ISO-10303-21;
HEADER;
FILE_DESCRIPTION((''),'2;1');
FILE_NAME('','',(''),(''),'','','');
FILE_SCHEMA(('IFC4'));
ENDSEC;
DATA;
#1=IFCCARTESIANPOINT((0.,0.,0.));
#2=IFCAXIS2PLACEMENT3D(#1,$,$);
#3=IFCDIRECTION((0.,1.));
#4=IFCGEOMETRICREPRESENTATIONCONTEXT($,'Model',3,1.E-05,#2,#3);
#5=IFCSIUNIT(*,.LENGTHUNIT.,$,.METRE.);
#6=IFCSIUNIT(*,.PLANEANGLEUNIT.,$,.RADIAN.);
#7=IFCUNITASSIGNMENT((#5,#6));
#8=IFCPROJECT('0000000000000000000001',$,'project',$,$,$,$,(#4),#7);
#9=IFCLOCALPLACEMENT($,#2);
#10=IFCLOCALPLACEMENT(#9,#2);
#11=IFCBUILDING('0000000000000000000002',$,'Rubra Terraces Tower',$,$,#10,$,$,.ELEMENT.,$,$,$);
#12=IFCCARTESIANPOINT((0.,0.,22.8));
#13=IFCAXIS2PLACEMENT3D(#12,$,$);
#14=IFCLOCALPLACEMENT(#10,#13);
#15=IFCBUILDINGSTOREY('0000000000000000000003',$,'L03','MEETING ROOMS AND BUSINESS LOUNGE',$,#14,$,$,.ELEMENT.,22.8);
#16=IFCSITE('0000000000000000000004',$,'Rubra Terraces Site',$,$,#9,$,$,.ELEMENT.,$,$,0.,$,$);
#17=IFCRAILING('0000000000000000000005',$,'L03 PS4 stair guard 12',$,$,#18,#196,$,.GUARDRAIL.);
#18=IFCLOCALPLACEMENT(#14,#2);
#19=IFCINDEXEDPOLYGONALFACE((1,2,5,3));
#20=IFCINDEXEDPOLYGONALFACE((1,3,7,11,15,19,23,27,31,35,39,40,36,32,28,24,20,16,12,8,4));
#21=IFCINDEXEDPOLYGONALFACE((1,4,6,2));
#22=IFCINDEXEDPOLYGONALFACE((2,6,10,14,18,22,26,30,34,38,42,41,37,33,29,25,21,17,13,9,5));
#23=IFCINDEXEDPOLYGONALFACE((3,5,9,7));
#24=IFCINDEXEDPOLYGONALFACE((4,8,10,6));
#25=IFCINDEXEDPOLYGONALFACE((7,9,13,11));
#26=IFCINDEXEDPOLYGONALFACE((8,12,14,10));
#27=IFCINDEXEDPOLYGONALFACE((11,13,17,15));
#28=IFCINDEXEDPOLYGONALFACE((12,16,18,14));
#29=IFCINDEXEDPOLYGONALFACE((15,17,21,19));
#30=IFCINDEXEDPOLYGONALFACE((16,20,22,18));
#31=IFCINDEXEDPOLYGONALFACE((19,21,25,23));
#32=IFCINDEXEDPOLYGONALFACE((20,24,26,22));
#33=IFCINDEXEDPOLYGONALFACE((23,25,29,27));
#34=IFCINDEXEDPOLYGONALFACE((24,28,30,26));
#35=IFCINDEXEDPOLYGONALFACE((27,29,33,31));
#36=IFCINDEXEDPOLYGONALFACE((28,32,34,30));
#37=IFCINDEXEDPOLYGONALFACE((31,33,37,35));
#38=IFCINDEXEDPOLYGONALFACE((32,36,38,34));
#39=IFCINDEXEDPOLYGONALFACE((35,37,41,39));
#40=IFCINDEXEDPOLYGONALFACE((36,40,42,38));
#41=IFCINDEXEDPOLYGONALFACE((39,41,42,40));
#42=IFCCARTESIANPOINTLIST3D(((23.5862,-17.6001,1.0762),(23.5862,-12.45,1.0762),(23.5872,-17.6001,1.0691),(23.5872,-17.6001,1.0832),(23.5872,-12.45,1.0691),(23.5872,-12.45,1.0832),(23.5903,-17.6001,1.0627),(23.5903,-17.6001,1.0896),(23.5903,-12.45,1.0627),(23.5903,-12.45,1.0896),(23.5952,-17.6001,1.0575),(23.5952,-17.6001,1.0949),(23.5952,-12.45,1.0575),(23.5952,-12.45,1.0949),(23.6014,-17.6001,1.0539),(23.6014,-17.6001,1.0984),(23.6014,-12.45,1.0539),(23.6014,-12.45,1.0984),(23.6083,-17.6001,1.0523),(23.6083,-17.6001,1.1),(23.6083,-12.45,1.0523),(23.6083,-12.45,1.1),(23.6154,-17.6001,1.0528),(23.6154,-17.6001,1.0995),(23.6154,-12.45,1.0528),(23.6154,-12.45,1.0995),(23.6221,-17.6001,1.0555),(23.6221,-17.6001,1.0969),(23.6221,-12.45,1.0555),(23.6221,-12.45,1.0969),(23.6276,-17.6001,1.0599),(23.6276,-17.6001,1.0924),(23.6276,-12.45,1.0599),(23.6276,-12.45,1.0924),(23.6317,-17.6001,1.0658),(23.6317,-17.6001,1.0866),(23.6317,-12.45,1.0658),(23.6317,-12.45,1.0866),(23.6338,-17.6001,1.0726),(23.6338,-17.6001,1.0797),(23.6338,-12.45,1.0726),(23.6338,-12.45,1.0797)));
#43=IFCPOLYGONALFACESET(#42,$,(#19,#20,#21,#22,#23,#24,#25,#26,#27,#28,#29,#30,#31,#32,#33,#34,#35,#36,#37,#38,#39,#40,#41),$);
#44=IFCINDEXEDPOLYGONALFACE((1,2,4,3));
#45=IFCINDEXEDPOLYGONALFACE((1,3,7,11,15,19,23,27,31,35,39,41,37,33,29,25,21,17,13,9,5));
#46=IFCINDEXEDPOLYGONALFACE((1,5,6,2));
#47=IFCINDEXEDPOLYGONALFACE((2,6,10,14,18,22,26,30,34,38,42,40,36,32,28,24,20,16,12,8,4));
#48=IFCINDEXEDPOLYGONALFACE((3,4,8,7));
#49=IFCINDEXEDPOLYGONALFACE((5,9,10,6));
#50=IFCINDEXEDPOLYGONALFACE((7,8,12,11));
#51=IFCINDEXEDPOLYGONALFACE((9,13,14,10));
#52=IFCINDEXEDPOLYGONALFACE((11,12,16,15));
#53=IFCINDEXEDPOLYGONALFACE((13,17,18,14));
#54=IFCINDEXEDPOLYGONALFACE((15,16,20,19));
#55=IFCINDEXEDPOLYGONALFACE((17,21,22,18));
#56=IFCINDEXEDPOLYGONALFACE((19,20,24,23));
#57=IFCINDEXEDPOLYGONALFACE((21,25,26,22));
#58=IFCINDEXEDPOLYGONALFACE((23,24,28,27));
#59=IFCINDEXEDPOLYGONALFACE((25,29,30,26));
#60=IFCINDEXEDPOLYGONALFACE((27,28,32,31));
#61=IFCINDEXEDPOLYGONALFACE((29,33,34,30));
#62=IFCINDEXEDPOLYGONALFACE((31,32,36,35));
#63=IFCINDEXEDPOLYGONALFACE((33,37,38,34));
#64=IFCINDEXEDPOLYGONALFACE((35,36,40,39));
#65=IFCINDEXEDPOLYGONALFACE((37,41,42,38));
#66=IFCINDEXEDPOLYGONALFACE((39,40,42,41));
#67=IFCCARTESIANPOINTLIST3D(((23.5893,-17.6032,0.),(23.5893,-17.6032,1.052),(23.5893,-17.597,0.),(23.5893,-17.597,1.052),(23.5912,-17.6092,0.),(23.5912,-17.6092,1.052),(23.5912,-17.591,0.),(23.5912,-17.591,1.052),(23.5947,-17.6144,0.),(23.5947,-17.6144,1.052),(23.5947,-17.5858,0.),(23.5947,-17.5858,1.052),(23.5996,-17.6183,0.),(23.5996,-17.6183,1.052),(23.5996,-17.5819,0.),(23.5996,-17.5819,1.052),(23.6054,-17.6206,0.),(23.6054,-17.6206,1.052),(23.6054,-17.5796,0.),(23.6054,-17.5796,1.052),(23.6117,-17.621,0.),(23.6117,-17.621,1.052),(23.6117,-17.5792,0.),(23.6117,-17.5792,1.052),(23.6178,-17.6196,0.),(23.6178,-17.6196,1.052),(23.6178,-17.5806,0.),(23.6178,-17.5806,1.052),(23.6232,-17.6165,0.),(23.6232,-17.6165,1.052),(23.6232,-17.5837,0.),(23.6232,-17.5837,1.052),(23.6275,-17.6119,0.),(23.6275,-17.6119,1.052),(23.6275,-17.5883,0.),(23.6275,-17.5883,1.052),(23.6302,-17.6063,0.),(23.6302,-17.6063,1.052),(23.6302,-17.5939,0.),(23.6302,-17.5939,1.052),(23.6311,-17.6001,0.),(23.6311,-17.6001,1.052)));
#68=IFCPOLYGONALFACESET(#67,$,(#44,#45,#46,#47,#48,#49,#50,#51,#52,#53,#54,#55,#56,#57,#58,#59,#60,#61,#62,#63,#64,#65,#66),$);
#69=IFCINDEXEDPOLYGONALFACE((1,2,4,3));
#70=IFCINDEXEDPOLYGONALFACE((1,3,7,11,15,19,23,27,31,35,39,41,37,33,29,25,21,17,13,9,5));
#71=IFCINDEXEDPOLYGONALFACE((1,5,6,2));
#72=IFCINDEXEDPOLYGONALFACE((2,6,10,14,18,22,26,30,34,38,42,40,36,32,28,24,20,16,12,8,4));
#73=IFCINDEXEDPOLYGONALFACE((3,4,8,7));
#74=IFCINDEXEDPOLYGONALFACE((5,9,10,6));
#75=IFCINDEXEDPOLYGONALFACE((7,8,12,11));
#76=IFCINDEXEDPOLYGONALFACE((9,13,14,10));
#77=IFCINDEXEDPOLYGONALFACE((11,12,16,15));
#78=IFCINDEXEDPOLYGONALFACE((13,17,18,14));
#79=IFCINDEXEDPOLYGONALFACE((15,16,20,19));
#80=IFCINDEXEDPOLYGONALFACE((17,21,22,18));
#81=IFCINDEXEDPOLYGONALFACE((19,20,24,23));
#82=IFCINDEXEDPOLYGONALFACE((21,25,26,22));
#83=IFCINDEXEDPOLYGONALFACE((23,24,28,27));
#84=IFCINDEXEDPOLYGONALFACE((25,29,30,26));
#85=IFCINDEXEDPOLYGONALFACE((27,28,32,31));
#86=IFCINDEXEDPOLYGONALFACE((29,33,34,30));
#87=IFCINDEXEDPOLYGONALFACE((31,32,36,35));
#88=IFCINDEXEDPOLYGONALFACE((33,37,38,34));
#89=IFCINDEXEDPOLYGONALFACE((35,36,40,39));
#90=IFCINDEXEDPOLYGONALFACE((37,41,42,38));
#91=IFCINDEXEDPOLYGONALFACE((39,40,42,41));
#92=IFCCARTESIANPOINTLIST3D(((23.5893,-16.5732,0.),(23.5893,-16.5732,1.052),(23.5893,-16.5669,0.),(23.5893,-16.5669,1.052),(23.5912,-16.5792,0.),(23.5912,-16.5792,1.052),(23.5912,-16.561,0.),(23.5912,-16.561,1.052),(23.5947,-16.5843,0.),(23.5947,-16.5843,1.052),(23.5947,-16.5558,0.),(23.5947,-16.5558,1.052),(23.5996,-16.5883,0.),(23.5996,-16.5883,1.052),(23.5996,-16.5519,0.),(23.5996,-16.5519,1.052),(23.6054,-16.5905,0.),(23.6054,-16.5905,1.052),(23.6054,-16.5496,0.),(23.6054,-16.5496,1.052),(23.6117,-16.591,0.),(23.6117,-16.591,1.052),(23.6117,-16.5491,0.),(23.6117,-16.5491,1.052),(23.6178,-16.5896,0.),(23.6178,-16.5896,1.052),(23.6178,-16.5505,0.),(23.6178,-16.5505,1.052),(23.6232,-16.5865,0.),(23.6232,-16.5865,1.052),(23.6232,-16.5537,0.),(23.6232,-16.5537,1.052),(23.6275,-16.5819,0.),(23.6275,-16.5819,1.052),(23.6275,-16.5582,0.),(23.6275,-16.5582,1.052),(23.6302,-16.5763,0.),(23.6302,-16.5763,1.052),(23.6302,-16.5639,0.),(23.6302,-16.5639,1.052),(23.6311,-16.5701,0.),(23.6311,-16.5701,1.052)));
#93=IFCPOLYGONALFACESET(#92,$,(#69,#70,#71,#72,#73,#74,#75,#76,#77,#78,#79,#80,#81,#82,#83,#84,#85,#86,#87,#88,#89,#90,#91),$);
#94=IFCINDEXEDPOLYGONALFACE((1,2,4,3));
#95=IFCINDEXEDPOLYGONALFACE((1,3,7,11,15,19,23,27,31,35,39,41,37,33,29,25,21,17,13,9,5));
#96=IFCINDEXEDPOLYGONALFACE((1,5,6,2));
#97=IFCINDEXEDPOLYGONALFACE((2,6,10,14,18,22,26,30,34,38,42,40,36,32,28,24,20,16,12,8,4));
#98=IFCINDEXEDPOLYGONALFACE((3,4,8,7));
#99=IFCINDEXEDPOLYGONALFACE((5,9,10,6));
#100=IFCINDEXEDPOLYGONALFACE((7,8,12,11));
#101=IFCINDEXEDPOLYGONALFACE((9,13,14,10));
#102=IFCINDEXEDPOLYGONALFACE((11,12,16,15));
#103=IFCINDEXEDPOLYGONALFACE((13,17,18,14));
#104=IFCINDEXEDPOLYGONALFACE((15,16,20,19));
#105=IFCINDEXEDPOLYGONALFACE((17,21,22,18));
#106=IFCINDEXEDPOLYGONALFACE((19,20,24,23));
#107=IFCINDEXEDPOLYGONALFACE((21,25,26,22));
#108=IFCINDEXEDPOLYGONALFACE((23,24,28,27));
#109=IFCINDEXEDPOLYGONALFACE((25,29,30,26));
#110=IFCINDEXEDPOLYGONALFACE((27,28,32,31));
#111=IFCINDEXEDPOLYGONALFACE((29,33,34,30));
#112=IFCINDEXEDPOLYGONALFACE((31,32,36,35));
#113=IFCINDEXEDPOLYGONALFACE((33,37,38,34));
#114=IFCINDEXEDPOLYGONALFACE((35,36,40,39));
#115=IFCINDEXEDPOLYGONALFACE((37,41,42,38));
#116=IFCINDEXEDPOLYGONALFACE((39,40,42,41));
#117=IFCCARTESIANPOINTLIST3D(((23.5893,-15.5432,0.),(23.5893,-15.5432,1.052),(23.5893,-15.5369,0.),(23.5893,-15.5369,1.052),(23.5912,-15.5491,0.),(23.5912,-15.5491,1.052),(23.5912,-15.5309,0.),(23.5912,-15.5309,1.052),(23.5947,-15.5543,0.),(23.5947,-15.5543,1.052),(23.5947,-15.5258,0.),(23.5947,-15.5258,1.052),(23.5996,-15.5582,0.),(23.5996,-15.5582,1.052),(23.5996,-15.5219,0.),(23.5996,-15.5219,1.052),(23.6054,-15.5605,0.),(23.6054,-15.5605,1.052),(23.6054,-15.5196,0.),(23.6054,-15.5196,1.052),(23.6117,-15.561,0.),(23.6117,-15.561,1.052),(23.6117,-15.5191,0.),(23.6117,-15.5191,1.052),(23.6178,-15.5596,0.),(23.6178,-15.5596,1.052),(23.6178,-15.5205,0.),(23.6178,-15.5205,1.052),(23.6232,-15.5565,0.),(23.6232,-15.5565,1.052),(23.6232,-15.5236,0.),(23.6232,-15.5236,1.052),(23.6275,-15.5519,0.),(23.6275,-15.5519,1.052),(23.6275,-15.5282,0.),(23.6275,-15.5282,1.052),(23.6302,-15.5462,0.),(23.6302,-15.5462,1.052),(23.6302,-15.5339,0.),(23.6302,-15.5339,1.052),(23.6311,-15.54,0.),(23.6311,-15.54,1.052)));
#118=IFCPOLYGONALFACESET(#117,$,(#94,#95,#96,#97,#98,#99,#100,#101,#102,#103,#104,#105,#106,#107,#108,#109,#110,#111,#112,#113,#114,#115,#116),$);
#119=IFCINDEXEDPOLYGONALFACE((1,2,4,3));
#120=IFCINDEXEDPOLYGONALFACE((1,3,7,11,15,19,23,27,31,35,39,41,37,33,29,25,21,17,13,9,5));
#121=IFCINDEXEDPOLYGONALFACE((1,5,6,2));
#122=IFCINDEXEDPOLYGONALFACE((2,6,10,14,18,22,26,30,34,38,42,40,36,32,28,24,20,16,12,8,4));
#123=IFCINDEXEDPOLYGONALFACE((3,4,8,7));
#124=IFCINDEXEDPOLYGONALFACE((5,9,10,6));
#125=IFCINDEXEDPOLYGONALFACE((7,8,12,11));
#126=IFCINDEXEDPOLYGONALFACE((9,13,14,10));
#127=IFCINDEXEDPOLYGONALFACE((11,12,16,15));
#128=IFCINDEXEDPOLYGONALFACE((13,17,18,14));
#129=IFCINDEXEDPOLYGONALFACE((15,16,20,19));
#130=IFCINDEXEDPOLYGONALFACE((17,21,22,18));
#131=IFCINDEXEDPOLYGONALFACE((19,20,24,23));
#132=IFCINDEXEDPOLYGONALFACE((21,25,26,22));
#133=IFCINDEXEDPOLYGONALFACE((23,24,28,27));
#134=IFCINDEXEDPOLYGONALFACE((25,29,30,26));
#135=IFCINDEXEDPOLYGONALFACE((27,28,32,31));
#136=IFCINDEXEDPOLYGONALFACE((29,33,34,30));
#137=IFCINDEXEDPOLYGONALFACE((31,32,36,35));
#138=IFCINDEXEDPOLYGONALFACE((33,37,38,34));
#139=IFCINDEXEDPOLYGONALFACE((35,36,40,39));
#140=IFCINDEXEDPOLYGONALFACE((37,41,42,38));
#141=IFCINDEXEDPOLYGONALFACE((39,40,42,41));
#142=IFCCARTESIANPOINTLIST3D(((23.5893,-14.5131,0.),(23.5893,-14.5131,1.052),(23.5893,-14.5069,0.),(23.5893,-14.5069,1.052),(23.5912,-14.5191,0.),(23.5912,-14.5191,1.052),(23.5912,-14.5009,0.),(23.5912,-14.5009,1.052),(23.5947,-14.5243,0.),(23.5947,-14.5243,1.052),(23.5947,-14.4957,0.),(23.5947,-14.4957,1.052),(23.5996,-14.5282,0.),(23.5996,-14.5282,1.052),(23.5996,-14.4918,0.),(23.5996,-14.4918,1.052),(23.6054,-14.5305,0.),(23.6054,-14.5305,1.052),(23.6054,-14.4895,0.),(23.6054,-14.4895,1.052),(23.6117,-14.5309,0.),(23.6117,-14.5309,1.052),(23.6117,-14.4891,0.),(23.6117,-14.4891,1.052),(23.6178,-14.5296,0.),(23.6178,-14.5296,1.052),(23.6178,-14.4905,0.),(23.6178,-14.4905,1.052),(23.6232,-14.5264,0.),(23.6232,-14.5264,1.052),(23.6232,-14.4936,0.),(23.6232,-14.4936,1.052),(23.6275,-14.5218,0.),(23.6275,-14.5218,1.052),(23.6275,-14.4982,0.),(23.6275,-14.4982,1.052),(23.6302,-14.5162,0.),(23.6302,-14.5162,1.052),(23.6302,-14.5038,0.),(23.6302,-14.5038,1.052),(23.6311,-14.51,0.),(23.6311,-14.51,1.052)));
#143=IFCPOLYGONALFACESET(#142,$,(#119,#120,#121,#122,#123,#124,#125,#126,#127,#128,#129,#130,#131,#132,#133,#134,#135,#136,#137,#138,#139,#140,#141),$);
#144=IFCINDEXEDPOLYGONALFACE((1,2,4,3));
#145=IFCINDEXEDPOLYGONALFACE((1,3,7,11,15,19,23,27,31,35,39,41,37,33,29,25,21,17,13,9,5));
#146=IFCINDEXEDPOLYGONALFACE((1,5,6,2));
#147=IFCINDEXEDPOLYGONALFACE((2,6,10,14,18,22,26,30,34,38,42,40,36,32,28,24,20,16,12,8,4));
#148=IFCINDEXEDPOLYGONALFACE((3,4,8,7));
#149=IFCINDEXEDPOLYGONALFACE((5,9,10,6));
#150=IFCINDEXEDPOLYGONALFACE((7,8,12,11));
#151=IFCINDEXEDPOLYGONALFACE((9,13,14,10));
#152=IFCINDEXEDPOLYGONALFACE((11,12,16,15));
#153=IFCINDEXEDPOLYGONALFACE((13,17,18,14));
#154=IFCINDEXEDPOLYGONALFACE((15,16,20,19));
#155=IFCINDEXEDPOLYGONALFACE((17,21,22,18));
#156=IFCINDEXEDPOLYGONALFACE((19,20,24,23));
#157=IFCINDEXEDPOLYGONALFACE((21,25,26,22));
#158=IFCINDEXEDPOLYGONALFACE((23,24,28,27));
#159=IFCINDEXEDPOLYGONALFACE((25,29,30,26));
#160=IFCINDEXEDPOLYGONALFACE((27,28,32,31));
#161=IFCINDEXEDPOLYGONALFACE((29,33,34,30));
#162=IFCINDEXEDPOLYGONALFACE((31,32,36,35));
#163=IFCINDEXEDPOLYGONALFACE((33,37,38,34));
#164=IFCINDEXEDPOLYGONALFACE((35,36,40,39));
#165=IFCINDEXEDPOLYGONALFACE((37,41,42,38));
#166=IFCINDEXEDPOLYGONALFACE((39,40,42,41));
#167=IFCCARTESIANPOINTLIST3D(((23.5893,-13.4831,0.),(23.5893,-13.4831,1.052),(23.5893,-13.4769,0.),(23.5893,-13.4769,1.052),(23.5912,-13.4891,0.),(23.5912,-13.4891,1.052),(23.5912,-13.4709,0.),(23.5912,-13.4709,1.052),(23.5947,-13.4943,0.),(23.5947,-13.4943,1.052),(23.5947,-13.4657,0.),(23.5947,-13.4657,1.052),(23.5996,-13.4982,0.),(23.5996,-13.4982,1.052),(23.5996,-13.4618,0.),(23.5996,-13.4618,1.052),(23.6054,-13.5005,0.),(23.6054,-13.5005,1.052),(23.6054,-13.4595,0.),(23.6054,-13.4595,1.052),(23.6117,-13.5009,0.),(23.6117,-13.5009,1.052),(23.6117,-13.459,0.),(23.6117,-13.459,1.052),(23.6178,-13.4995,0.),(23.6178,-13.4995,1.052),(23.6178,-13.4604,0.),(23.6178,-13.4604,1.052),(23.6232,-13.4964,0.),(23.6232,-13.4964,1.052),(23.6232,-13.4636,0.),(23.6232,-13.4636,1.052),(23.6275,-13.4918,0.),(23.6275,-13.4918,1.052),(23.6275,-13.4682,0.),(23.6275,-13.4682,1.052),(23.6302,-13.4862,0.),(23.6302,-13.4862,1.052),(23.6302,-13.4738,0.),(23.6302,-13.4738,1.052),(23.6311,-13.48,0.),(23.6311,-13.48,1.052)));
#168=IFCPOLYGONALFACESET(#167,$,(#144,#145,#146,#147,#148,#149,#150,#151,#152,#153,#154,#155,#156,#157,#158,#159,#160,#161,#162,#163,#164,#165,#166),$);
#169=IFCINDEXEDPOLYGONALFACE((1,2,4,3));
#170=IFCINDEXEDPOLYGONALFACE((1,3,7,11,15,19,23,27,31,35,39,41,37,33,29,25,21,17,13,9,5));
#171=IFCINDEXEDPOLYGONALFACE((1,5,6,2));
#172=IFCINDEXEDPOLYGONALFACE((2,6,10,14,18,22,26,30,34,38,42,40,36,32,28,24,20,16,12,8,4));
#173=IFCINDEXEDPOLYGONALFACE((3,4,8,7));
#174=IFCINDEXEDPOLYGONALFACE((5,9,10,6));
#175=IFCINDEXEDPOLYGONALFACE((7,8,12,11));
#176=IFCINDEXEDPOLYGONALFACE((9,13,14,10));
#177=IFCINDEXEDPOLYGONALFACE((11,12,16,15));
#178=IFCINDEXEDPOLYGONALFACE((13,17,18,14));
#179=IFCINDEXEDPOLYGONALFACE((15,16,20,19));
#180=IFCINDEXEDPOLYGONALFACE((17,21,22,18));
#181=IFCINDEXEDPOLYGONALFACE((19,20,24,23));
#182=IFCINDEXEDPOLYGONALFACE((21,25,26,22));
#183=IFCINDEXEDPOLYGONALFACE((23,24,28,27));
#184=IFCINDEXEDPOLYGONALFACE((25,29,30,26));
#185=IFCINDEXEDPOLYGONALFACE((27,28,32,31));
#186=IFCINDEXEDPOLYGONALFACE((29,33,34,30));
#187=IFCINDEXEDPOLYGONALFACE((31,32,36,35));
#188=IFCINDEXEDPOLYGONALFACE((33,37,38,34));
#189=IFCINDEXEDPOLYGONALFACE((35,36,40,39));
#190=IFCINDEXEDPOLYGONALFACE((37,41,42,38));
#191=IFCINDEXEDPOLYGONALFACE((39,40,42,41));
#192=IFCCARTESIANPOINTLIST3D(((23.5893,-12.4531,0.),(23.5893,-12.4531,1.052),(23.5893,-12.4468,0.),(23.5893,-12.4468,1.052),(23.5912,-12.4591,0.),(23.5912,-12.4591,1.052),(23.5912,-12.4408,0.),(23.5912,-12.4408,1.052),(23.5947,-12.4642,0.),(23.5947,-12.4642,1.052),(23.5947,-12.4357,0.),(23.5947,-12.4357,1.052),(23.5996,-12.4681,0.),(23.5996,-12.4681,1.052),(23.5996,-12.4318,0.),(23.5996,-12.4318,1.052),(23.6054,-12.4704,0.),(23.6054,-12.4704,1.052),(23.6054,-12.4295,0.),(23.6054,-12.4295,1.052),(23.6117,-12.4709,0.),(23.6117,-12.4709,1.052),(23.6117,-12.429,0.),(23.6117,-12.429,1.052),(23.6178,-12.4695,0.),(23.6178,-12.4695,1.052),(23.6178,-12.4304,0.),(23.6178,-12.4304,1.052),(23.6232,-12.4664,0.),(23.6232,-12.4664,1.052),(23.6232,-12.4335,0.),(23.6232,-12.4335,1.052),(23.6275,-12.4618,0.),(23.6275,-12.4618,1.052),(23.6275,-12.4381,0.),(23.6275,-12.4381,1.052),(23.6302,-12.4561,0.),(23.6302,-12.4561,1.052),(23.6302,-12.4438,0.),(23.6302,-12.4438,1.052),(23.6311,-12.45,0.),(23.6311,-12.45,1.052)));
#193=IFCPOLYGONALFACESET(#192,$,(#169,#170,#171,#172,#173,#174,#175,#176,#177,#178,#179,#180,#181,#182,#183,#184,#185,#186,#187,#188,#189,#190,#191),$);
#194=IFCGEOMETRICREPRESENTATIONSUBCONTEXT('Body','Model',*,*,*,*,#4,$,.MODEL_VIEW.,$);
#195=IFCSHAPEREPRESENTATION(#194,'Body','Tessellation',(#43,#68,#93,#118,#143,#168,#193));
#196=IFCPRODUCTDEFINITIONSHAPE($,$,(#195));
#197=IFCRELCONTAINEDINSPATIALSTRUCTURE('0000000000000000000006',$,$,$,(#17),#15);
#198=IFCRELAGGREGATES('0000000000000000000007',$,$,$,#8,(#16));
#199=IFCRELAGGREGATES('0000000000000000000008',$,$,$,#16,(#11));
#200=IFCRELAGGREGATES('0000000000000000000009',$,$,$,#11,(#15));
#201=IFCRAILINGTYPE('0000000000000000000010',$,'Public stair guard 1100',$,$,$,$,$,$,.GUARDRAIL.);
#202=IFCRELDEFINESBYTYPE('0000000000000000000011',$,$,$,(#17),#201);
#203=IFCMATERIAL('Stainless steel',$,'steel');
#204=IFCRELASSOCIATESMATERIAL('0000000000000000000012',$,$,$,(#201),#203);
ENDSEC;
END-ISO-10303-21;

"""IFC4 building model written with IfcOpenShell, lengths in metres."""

from ifc_helpers import new_model, si_unit, direction, frame, origin, origin_2d, place, context, subcontext, project, spatial, circle, extrude, material, type_object, element, save


model = new_model("IFC4")

# Units and contexts
model_context = context("Model", 3, precision=1e-05, world=origin(), true_north=direction((0.0, 1.0)))
body_context = subcontext(model_context, "Body", "Model", "MODEL_VIEW")
ifc_project = project(units=[si_unit("LENGTHUNIT", "METRE"), si_unit("PLANEANGLEUNIT", "RADIAN")], contexts=[model_context])

# Site, building, storey
site_placement = place(None, origin())
site = spatial("IfcSite", under=ifc_project, at=site_placement, Name="Rubra Terraces Site", CompositionType="ELEMENT", RefElevation=0.0)
building_placement = place(site_placement, origin())
building = spatial("IfcBuilding", under=site, at=building_placement, Name="Rubra Terraces Tower", CompositionType="ELEMENT")
storey_placement = place(building_placement, frame((0.0, 0.0, 22.8)))
storey = spatial("IfcBuildingStorey", under=building, at=storey_placement, Name="L03", Description="MEETING ROOMS AND BUSINESS LOUNGE", CompositionType="ELEMENT", Elevation=22.8)

# Railing
ifc_material_1 = material(Name="Stainless steel", Category="steel")
railing_type = type_object("IfcRailingType", Name="Public stair guard 1100", PredefinedType="GUARDRAIL", material=ifc_material_1)
railing_1_placement = place(storey_placement, frame((23.6101, -17.6001, 0.0)))
element("IfcRailing", 1, at=railing_1_placement, inside=storey, type_object=railing_type, Name="L03 PS4 stair guard 12", PredefinedType="GUARDRAIL", context=body_context, shape_type="SweptSolid", body=[
    extrude(circle(Radius=0.0239, at=origin_2d()), frame((0.0, 0.0, 1.0762), z_axis=(0.0, 1.0, 0.0), x_axis=(-1.0, 0.0, 0.0)), (0.0, 0.0, 1.0), 5.1501),
    extrude(circle(Radius=0.021, at=origin_2d()), origin(), (0.0, 0.0, 1.0), 1.052),
    extrude(circle(Radius=0.021, at=origin_2d()), frame((0.0, 1.03, 0.0)), (0.0, 0.0, 1.0), 1.052),
    extrude(circle(Radius=0.021, at=origin_2d()), frame((0.0, 2.0601, 0.0)), (0.0, 0.0, 1.0), 1.052),
    extrude(circle(Radius=0.021, at=origin_2d()), frame((0.0, 3.0901, 0.0)), (0.0, 0.0, 1.0), 1.052),
    extrude(circle(Radius=0.021, at=origin_2d()), frame((0.0, 4.1201, 0.0)), (0.0, 0.0, 1.0), 1.052),
    extrude(circle(Radius=0.021, at=origin_2d()), frame((0.0, 5.1501, 0.0)), (0.0, 0.0, 1.0), 1.052),
])

save(model, "model.ifc")
